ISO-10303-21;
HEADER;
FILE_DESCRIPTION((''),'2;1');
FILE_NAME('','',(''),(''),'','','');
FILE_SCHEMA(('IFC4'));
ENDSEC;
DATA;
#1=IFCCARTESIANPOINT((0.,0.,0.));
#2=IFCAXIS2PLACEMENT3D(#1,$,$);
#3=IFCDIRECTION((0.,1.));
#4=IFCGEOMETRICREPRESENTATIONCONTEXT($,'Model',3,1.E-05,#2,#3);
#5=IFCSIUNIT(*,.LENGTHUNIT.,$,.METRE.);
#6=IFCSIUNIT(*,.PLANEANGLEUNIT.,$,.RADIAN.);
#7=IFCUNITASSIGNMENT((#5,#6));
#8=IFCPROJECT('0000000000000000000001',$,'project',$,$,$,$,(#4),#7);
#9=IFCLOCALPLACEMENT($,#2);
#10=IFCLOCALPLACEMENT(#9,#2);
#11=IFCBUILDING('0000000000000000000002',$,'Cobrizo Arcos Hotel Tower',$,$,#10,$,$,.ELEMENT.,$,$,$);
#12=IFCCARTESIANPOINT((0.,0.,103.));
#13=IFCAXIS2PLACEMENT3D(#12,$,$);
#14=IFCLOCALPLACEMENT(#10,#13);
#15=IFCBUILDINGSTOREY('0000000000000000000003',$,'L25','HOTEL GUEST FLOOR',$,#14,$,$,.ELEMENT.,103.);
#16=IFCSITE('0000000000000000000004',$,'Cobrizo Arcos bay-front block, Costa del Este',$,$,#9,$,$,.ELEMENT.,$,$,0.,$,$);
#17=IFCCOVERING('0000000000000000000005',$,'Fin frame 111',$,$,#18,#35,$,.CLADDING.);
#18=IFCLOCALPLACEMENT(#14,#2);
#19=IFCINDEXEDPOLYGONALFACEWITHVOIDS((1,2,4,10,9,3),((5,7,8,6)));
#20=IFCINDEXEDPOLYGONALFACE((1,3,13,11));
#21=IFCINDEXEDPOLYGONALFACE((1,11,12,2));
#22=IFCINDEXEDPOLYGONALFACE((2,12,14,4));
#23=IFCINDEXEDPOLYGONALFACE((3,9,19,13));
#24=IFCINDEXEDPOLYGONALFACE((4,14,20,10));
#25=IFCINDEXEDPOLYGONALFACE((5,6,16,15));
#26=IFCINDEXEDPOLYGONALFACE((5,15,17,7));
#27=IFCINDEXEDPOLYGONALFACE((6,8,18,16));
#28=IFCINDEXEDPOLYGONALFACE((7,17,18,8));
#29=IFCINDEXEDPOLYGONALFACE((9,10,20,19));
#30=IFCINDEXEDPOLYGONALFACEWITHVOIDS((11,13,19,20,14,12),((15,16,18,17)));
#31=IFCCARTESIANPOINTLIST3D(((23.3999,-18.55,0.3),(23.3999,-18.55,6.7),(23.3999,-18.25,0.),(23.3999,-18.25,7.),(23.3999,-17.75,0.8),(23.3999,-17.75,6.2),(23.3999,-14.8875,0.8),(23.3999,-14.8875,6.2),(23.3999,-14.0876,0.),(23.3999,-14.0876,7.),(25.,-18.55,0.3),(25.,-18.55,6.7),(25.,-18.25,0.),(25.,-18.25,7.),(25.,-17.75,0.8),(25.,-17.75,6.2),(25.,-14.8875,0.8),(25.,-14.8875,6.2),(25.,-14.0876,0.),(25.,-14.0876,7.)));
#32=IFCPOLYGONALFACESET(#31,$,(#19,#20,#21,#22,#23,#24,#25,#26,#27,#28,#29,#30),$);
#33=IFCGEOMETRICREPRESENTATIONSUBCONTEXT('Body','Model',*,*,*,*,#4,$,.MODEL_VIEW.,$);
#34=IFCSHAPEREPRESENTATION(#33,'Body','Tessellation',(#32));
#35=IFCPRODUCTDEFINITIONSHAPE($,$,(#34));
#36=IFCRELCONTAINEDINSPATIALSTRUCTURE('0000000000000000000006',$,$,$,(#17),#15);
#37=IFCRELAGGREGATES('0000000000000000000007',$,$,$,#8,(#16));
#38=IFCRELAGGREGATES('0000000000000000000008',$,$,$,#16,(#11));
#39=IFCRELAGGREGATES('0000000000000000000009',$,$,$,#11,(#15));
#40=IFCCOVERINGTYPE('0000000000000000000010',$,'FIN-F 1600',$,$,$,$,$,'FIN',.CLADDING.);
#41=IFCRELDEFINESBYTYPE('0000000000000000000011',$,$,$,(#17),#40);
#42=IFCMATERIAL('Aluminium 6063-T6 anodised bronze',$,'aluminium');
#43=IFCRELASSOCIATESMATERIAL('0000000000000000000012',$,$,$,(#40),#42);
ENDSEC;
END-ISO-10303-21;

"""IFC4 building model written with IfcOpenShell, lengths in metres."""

from ifc_helpers import new_model, si_unit, direction, frame, origin, place, context, subcontext, project, spatial, polyline, outline, extrude, material, type_object, element, save


model = new_model("IFC4")

# Units and contexts
model_context = context("Model", 3, precision=1e-05, world=origin(), true_north=direction((0.0, 1.0)))
body_context = subcontext(model_context, "Body", "Model", "MODEL_VIEW")
ifc_project = project(units=[si_unit("LENGTHUNIT", "METRE"), si_unit("PLANEANGLEUNIT", "RADIAN")], contexts=[model_context])

# Site, building, storey
site_placement = place(None, origin())
site = spatial("IfcSite", under=ifc_project, at=site_placement, Name="Cobrizo Arcos bay-front block, Costa del Este", CompositionType="ELEMENT", RefElevation=0.0)
building_placement = place(site_placement, origin())
building = spatial("IfcBuilding", under=site, at=building_placement, Name="Cobrizo Arcos Hotel Tower", CompositionType="ELEMENT")
storey_placement = place(building_placement, frame((0.0, 0.0, 103.0)))
storey = spatial("IfcBuildingStorey", under=building, at=storey_placement, Name="L25", Description="HOTEL GUEST FLOOR", CompositionType="ELEMENT", Elevation=103.0)

# Shared definitions
ifc_material_1 = material(Name="Aluminium 6063-T6 anodised bronze", Category="aluminium")

# Covering
covering_type = type_object("IfcCoveringType", Name="FIN-F 1600", ElementType="FIN", PredefinedType="CLADDING", material=ifc_material_1)
covering_placement = place(storey_placement, frame((23.3999, -18.55, 0.0), z_axis=(1.0, 0.0, 0.0), x_axis=(0.0, 1.0, 0.0)))
element("IfcCovering", 1, at=covering_placement, inside=storey, type_object=covering_type, Name="Fin frame 111", PredefinedType="CLADDING", context=body_context, shape_type="SweptSolid", body=[
    extrude(outline(polyline([(0.0, 0.3), (0.3, 0.0), (4.4624, 0.0), (4.4624, 7.0), (0.3, 7.0), (0.0, 6.7), (0.0, 0.3)]), holes=[polyline([(3.6626, 0.8), (0.8, 0.8), (0.8, 6.2), (3.6626, 6.2), (3.6626, 0.8)])]), origin(), (0.0, 0.0, 1.0), 1.6001),
])

save(model, "model.ifc")
